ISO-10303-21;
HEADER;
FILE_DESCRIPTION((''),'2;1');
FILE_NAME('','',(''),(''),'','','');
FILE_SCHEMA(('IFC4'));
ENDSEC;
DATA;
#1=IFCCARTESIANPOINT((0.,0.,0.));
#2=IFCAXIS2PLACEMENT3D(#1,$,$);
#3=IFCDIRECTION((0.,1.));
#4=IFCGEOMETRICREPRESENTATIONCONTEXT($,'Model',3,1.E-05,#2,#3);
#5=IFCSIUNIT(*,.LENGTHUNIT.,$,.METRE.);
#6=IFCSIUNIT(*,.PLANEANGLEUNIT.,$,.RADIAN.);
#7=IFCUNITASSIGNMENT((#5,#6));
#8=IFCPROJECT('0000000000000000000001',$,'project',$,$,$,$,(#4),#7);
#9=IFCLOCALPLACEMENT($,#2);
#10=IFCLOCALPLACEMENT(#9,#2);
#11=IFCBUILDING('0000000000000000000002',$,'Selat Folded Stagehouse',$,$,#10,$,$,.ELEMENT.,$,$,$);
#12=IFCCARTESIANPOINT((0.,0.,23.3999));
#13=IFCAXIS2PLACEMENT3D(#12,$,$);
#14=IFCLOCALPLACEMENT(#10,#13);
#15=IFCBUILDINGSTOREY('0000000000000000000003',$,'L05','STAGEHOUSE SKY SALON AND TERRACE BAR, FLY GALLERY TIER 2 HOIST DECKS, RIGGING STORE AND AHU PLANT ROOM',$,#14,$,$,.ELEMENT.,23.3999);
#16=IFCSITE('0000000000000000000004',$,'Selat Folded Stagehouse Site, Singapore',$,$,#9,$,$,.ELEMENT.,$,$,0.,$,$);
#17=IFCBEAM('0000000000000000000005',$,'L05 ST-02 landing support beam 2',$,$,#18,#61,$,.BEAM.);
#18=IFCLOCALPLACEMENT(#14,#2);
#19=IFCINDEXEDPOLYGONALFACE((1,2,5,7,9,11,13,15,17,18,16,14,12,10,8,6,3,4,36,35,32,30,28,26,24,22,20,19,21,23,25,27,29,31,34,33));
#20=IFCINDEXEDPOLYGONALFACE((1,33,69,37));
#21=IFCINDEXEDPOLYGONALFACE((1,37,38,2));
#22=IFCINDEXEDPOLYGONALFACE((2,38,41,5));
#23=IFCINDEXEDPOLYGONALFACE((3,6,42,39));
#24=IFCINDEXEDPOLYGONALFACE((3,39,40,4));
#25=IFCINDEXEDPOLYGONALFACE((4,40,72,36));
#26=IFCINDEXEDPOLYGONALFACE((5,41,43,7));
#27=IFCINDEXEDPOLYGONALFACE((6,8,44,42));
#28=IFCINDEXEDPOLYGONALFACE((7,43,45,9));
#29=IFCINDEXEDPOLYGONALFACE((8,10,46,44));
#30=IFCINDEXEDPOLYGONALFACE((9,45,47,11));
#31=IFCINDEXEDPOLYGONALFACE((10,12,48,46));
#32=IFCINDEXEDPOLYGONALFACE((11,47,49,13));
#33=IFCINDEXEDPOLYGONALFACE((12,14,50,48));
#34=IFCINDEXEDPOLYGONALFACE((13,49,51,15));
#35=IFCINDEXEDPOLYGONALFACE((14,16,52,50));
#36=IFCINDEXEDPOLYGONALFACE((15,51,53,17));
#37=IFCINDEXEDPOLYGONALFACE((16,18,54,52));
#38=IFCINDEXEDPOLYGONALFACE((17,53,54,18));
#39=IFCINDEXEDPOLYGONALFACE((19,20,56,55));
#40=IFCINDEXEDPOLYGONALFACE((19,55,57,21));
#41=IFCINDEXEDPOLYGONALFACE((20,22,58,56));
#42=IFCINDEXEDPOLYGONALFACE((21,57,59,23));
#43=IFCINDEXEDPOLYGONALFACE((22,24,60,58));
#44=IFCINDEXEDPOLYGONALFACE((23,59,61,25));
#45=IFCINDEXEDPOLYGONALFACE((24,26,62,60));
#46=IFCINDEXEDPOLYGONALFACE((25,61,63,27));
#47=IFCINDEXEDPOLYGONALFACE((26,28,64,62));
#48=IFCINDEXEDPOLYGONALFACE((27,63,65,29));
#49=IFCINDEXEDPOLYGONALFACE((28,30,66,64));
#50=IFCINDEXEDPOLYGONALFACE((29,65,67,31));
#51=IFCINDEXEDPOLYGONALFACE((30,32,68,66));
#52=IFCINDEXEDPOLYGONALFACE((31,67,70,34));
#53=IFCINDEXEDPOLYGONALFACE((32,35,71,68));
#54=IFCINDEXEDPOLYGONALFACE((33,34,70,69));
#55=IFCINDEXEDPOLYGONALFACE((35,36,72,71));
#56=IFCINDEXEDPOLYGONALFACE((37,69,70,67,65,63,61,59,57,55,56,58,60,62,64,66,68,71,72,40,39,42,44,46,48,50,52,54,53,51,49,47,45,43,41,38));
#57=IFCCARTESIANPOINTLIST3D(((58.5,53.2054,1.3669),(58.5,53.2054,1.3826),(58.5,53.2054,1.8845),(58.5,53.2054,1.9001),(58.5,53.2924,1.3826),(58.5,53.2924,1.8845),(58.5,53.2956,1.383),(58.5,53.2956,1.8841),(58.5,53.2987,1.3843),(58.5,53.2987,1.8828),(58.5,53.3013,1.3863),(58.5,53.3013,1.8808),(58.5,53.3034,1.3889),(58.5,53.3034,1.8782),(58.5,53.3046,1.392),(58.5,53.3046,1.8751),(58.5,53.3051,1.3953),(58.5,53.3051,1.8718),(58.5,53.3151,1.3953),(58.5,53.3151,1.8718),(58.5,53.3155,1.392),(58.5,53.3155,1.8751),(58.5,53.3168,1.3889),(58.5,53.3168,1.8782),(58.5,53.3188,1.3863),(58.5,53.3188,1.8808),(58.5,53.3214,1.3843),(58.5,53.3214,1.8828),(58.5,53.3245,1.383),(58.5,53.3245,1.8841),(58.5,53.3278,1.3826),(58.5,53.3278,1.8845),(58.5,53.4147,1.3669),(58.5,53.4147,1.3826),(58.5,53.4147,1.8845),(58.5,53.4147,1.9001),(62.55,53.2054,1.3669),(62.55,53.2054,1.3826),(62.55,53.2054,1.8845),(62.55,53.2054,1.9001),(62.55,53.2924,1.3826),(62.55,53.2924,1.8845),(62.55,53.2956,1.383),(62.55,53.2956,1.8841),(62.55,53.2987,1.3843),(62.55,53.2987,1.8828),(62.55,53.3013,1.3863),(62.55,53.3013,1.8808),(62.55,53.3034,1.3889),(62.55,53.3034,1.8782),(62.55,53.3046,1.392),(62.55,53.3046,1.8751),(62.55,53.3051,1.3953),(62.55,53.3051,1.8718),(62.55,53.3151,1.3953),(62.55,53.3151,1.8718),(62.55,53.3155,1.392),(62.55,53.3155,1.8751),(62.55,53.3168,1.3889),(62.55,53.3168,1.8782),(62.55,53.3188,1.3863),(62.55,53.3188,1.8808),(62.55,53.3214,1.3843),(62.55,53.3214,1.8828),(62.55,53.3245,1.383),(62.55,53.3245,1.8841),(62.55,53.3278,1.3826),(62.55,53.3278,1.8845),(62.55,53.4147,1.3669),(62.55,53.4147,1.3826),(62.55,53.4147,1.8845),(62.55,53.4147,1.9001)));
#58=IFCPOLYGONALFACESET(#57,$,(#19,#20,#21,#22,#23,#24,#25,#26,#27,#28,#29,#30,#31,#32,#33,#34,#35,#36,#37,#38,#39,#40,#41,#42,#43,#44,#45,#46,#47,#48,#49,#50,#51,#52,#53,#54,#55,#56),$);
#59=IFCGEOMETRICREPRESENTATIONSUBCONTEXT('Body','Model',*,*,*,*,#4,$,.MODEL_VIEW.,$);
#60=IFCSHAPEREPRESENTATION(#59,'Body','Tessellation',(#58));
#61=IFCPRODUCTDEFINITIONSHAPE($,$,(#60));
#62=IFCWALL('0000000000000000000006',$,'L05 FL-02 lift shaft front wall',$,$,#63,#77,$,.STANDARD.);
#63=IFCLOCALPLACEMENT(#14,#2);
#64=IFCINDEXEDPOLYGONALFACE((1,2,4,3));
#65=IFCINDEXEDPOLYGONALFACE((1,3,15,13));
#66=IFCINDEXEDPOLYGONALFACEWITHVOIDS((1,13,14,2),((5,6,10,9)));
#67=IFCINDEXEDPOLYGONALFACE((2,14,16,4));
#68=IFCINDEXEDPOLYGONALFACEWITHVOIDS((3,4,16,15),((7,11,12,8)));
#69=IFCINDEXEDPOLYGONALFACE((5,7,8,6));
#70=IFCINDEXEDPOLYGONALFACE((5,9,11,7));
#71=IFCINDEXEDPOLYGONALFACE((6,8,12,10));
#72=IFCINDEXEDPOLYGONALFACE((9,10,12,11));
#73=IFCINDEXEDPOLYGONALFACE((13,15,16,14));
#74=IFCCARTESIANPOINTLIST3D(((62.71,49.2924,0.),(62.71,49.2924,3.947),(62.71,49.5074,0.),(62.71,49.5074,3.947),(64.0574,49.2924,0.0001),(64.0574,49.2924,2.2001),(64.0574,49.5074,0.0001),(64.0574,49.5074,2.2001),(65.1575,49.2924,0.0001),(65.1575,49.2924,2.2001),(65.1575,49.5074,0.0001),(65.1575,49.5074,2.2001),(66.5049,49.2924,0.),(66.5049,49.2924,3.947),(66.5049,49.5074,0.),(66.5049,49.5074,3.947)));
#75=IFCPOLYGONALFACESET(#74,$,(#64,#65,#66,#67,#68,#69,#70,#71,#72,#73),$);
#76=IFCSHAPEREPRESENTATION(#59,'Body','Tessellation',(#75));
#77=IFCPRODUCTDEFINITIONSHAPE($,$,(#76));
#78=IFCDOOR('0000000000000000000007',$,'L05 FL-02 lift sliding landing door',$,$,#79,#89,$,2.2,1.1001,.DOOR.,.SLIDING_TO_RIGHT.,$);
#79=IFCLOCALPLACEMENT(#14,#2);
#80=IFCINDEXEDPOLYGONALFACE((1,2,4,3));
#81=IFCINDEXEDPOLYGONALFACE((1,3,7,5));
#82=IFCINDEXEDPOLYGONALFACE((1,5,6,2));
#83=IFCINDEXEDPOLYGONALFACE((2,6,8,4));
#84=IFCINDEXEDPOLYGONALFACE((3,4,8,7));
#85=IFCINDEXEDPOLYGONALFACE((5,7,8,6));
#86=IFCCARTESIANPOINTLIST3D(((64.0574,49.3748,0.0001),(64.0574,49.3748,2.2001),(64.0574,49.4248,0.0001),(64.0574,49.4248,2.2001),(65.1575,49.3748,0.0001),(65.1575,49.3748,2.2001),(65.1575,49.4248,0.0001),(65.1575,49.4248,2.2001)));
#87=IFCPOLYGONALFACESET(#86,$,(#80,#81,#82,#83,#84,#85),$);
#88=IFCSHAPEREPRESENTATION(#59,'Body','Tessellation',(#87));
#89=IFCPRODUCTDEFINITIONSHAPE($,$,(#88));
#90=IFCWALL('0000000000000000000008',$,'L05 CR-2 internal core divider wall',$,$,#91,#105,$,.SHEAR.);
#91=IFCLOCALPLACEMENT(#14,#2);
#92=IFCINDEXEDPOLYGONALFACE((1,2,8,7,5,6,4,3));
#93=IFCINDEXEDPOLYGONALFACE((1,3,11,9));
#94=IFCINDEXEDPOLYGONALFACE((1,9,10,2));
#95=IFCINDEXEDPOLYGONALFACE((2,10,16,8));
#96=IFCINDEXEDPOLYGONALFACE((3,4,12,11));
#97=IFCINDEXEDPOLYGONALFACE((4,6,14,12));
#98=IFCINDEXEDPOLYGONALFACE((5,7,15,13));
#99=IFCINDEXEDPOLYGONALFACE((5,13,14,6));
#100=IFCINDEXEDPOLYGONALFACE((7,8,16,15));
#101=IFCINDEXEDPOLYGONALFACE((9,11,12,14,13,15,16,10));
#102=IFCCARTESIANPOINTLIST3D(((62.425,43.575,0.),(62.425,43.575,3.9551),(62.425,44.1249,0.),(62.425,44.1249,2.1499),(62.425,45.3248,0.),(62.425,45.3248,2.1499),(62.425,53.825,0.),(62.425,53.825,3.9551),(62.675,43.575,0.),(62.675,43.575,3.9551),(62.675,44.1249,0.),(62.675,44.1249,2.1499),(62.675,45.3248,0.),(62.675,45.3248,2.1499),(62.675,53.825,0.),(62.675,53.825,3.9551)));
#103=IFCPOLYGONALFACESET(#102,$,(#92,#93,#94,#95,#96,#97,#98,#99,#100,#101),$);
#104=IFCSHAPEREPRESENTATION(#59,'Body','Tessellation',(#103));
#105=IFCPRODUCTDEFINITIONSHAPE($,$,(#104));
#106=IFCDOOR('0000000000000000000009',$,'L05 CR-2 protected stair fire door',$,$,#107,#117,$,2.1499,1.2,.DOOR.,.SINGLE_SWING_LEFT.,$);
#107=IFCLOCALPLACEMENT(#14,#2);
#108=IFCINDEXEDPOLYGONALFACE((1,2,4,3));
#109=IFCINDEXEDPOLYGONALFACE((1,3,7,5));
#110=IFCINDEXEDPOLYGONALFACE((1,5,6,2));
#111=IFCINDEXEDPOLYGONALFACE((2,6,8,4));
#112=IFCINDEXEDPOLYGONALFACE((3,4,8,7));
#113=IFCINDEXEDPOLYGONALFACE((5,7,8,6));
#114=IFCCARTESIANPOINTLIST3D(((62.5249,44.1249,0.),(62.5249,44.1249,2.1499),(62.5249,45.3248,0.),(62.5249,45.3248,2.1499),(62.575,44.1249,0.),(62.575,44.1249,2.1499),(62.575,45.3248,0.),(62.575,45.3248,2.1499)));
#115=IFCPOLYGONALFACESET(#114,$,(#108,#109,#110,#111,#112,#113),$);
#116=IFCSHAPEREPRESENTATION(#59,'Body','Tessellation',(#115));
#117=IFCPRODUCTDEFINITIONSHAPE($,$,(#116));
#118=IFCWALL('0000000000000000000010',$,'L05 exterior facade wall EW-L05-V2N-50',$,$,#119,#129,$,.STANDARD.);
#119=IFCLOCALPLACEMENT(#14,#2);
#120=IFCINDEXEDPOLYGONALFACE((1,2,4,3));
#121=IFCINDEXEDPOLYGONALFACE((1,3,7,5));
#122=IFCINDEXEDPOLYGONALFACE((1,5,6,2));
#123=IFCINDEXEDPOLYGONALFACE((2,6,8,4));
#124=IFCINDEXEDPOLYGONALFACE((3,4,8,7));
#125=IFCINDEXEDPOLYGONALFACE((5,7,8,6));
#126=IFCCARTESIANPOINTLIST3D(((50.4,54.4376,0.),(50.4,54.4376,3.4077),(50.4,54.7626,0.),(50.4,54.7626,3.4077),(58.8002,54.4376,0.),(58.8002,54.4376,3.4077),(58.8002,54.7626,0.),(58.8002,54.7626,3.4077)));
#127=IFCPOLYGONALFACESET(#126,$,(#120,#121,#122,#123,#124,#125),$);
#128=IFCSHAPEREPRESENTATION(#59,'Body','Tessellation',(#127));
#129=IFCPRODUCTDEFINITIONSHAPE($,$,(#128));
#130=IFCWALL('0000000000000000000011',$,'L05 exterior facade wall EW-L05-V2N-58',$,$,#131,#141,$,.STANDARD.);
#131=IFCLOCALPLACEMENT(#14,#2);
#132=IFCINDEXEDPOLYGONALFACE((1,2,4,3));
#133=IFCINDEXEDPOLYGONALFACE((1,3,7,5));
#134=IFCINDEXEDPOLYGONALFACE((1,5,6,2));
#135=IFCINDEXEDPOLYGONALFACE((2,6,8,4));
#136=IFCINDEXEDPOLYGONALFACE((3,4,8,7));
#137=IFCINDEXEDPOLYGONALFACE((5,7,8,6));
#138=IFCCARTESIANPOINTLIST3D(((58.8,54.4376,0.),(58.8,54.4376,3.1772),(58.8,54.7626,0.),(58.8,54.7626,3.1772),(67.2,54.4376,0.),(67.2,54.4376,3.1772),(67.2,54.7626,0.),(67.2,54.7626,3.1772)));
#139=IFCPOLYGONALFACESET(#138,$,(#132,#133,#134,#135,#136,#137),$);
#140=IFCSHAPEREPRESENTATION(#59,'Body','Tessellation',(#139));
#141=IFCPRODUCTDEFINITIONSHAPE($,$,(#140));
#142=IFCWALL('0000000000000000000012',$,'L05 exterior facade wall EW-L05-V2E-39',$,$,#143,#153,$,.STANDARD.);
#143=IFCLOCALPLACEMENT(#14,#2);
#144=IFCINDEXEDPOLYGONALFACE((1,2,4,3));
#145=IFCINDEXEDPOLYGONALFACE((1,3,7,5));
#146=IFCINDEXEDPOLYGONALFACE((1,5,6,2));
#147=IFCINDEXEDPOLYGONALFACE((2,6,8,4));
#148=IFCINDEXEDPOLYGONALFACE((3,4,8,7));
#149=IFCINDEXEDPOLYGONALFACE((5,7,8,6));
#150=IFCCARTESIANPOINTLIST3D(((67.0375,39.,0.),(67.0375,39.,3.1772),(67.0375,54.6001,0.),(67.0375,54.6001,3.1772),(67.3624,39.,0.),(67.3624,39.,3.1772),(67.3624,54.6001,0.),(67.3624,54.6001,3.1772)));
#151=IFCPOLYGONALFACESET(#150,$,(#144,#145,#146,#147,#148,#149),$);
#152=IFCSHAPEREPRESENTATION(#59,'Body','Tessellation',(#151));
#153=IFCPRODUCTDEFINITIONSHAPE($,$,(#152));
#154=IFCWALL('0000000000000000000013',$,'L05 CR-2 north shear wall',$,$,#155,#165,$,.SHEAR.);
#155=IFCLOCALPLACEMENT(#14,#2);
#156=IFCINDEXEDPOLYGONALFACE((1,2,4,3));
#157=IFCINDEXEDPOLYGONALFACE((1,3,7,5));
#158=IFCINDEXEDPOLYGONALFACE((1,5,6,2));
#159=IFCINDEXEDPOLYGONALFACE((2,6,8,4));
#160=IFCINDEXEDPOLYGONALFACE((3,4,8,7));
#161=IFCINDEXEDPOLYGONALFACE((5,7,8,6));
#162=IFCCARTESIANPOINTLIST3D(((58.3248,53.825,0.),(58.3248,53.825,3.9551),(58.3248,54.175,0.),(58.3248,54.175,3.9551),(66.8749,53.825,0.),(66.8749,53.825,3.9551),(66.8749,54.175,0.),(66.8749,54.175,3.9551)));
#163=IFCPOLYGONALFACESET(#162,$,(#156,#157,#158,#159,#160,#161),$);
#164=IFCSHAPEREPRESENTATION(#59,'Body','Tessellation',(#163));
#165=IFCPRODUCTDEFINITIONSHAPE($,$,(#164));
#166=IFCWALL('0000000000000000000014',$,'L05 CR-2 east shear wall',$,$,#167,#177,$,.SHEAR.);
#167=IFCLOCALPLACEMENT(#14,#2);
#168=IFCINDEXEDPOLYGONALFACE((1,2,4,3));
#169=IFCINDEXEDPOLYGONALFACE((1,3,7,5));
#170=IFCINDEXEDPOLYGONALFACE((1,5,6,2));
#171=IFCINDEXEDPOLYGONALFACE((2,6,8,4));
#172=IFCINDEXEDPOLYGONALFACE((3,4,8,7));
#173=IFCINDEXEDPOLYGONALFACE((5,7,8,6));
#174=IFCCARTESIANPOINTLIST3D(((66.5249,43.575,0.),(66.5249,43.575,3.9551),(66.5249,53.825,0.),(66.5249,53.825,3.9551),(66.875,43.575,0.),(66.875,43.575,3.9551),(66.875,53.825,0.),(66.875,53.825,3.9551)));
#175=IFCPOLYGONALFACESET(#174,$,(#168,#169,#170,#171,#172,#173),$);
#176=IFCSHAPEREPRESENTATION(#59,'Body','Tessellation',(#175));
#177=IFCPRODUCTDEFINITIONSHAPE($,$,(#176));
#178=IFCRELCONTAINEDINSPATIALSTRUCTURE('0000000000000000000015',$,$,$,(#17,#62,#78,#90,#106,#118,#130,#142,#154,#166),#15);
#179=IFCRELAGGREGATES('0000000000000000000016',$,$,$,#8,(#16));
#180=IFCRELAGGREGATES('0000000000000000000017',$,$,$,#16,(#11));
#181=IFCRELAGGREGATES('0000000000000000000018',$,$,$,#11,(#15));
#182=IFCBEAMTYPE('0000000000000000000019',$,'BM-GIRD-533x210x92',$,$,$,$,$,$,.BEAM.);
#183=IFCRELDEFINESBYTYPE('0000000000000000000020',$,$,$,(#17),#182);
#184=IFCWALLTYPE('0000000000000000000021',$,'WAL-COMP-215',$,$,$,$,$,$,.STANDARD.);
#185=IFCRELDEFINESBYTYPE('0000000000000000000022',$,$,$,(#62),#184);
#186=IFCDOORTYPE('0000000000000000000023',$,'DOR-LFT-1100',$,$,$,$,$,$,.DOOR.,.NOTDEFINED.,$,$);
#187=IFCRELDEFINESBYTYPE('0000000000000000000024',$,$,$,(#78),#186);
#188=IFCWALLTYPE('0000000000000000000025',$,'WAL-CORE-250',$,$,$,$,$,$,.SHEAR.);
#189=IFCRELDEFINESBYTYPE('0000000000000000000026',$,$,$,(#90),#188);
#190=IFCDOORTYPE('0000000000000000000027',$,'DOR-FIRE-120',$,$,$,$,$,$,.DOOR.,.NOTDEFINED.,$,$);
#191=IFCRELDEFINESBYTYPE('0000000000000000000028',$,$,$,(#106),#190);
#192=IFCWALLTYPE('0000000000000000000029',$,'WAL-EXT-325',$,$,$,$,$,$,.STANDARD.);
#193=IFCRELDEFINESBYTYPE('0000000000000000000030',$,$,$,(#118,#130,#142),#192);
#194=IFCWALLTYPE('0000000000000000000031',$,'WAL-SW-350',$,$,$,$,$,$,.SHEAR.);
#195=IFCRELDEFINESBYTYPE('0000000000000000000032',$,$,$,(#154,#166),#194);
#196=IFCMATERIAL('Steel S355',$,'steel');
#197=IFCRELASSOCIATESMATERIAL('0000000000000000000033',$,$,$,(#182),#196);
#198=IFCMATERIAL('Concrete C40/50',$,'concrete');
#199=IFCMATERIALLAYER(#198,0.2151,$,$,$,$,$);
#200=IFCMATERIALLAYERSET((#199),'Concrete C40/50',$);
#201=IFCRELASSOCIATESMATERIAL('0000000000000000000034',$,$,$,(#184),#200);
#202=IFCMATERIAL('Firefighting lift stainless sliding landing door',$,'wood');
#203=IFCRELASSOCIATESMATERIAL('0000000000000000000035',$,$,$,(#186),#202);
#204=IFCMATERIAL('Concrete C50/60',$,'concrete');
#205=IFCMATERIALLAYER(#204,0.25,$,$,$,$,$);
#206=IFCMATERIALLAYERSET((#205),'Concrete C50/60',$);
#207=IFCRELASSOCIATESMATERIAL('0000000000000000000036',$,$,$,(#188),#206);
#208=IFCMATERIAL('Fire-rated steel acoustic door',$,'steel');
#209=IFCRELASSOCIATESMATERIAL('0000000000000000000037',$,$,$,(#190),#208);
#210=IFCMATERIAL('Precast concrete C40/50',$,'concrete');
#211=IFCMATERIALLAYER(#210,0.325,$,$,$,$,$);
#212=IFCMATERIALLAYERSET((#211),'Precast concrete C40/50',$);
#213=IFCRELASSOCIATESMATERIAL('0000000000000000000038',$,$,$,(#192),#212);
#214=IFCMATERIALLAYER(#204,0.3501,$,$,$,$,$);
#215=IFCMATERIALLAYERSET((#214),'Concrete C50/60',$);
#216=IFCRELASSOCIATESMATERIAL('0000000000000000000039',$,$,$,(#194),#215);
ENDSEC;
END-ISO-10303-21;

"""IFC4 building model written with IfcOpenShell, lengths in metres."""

from ifc_helpers import new_model, si_unit, direction, frame, frame_2d, origin, origin_2d, place, context, subcontext, project, spatial, rectangle, i_section, extrude, material, layer, layer_set, material_profile, profile_set, type_object, element, fill, save


model = new_model("IFC4")

# Units and contexts
model_context = context("Model", 3, precision=1e-05, world=origin(), true_north=direction((0.0, 1.0)))
body_context = subcontext(model_context, "Body", "Model", "MODEL_VIEW")
ifc_project = project(units=[si_unit("LENGTHUNIT", "METRE"), si_unit("PLANEANGLEUNIT", "RADIAN")], contexts=[model_context])

# Site, building, storey
site_placement = place(None, origin())
site = spatial("IfcSite", under=ifc_project, at=site_placement, Name="Selat Folded Stagehouse Site, Singapore", CompositionType="ELEMENT", RefElevation=0.0)
building_placement = place(site_placement, origin())
building = spatial("IfcBuilding", under=site, at=building_placement, Name="Selat Folded Stagehouse", CompositionType="ELEMENT")
storey_placement = place(building_placement, frame((0.0, 0.0, 23.3999)))
storey = spatial("IfcBuildingStorey", under=building, at=storey_placement, Name="L05", Description="STAGEHOUSE SKY SALON AND TERRACE BAR, FLY GALLERY TIER 2 HOIST DECKS, RIGGING STORE AND AHU PLANT ROOM", CompositionType="ELEMENT", Elevation=23.3999)

# Shared definitions
ifc_material_1 = material(Name="Steel S355", Category="steel")

# Beam
ifc_material_profile_1 = material_profile(ifc_material_1, i_section(OverallWidth=0.2092, OverallDepth=0.5332, WebThickness=0.01, FlangeThickness=0.0156, FilletRadius=0.0127, at=origin_2d()), Name="UKB 533x210x92")
ifc_profile_set_1 = profile_set([ifc_material_profile_1], Name="Steel S355")
beam_type_1 = type_object("IfcBeamType", Name="BM-GIRD-533x210x92", PredefinedType="BEAM", material=ifc_profile_set_1)
for number, where, z_axis, x_axis, name in (
    (1, (58.5, 53.3101, 1.6335), (1.0, 0.0, 0.0), (0.0, 1.0, 0.0), "L05 ST-02 landing support beam 2"),
):
    element("IfcBeam", number, at=place(storey_placement, frame(where, z_axis=z_axis, x_axis=x_axis)), inside=storey, type_object=beam_type_1, Name=name, PredefinedType="BEAM", context=body_context, shape_type="SweptSolid", body=[
        extrude(i_section(OverallWidth=0.2092, OverallDepth=0.5332, WebThickness=0.01, FlangeThickness=0.0156, FilletRadius=0.0127, at=origin_2d()), origin(), (0.0, 0.0, 1.0), 4.05),
    ])

# Walls, openings, doors
ifc_material_2 = material(Name="Concrete C40/50", Category="concrete")
ifc_layer_1 = layer(ifc_material_2, 0.2151)
ifc_layer_set_1 = layer_set([ifc_layer_1], Name="Concrete C40/50")
wall_type_1 = type_object("IfcWallType", Name="WAL-COMP-215", PredefinedType="STANDARD", material=ifc_layer_set_1)
wall_1_placement = place(storey_placement, frame((62.71, 49.3999, 0.0), z_axis=(0.0, 0.0, 1.0), x_axis=(1.0, 0.0, 0.0)))
wall_1 = element("IfcWall", 2, at=wall_1_placement, inside=storey, type_object=wall_type_1, Name="L05 FL-02 lift shaft front wall", PredefinedType="STANDARD", context=body_context, shape_type="SweptSolid", body=[
    extrude(rectangle(XDim=3.7949, YDim=0.2151, at=frame_2d((1.8975, 0.0))), origin(), (0.0, 0.0, 1.0), 3.947),
])
opening_1_placement = place(wall_1_placement, frame((1.3474, 0.0, 0.0)))
opening_1 = element("IfcOpeningElement", 3, at=opening_1_placement, cuts=wall_1, PredefinedType="OPENING", context=body_context, shape_type="SweptSolid", body=[
    extrude(rectangle(XDim=1.1001, YDim=2.2, at=frame_2d((0.55, 1.1001))), frame((0.0, 0.1174, 0.0), z_axis=(0.0, -1.0, 0.0), x_axis=(1.0, 0.0, 0.0)), (0.0, 0.0, 1.0), 0.2351),
])
ifc_material_3 = material(Name="Firefighting lift stainless sliding landing door", Category="wood")
door_type_1 = type_object("IfcDoorType", Name="DOR-LFT-1100", OperationType="NOTDEFINED", PredefinedType="DOOR", material=ifc_material_3)
door_1_placement = place(opening_1_placement, origin())
door_1 = element("IfcDoor", 4, at=door_1_placement, inside=storey, type_object=door_type_1, Name="L05 FL-02 lift sliding landing door", OperationType="SLIDING_TO_RIGHT", OverallHeight=2.2, OverallWidth=1.1001, PredefinedType="DOOR", context=body_context, shape_type="SweptSolid", body=[
    extrude(rectangle(XDim=1.1001, YDim=2.2, at=frame_2d((0.55, 1.1001))), frame((0.0, 0.0249, 0.0), z_axis=(0.0, -1.0, 0.0), x_axis=(1.0, 0.0, 0.0)), (0.0, 0.0, 1.0), 0.05),
])
fill(opening_1, door_1)
ifc_material_4 = material(Name="Concrete C50/60", Category="concrete")
ifc_layer_2 = layer(ifc_material_4, 0.25)
ifc_layer_set_2 = layer_set([ifc_layer_2], Name="Concrete C50/60")
wall_type_2 = type_object("IfcWallType", Name="WAL-CORE-250", PredefinedType="SHEAR", material=ifc_layer_set_2)
wall_2_placement = place(storey_placement, frame((62.55, 53.825, 0.0), z_axis=(0.0, 0.0, 1.0), x_axis=(0.0, -1.0, 0.0)))
wall_2 = element("IfcWall", 5, at=wall_2_placement, inside=storey, type_object=wall_type_2, Name="L05 CR-2 internal core divider wall", PredefinedType="SHEAR", context=body_context, shape_type="SweptSolid", body=[
    extrude(rectangle(XDim=10.25, YDim=0.25, at=frame_2d((5.125, 0.0))), origin(), (0.0, 0.0, 1.0), 3.9551),
])
opening_2_placement = place(wall_2_placement, frame((8.5, 0.0, 0.0)))
opening_2 = element("IfcOpeningElement", 6, at=opening_2_placement, cuts=wall_2, PredefinedType="OPENING", context=body_context, shape_type="SweptSolid", body=[
    extrude(rectangle(XDim=1.2, YDim=2.1499, at=frame_2d((0.6001, 1.075))), frame((0.0, 0.135, 0.0), z_axis=(0.0, -1.0, 0.0), x_axis=(1.0, 0.0, 0.0)), (0.0, 0.0, 1.0), 0.27),
])
ifc_material_5 = material(Name="Fire-rated steel acoustic door", Category="steel")
door_type_2 = type_object("IfcDoorType", Name="DOR-FIRE-120", OperationType="NOTDEFINED", PredefinedType="DOOR", material=ifc_material_5)
door_2_placement = place(opening_2_placement, origin())
door_2 = element("IfcDoor", 7, at=door_2_placement, inside=storey, type_object=door_type_2, Name="L05 CR-2 protected stair fire door", OperationType="SINGLE_SWING_LEFT", OverallHeight=2.1499, OverallWidth=1.2, PredefinedType="DOOR", context=body_context, shape_type="SweptSolid", body=[
    extrude(rectangle(XDim=1.2, YDim=2.1499, at=frame_2d((0.6001, 1.075))), frame((0.0, 0.0249, 0.0), z_axis=(0.0, -1.0, 0.0), x_axis=(1.0, 0.0, 0.0)), (0.0, 0.0, 1.0), 0.05),
])
fill(opening_2, door_2)

# Walls
ifc_material_6 = material(Name="Precast concrete C40/50", Category="concrete")
ifc_layer_3 = layer(ifc_material_6, 0.325)
ifc_layer_set_3 = layer_set([ifc_layer_3], Name="Precast concrete C40/50")
wall_type_3 = type_object("IfcWallType", Name="WAL-EXT-325", PredefinedType="STANDARD", material=ifc_layer_set_3)
wall_3_placement = place(storey_placement, frame((50.3999, 54.6001, 0.0), z_axis=(0.0, 0.0, 1.0), x_axis=(1.0, 0.0, 0.0)))
element("IfcWall", 8, at=wall_3_placement, inside=storey, type_object=wall_type_3, Name="L05 exterior facade wall EW-L05-V2N-50", PredefinedType="STANDARD", context=body_context, shape_type="SweptSolid", body=[
    extrude(rectangle(XDim=8.4001, YDim=0.325, at=frame_2d((4.2002, 0.0))), origin(), (0.0, 0.0, 1.0), 3.4077),
])
wall_4_placement = place(storey_placement, frame((58.8, 54.6001, 0.0), z_axis=(0.0, 0.0, 1.0), x_axis=(1.0, 0.0, 0.0)))
element("IfcWall", 9, at=wall_4_placement, inside=storey, type_object=wall_type_3, Name="L05 exterior facade wall EW-L05-V2N-58", PredefinedType="STANDARD", context=body_context, shape_type="SweptSolid", body=[
    extrude(rectangle(XDim=8.3999, YDim=0.325, at=frame_2d((4.2, 0.0))), origin(), (0.0, 0.0, 1.0), 3.1772),
])
wall_5_placement = place(storey_placement, frame((67.2, 54.6001, 0.0), z_axis=(0.0, 0.0, 1.0), x_axis=(0.0, -1.0, 0.0)))
element("IfcWall", 10, at=wall_5_placement, inside=storey, type_object=wall_type_3, Name="L05 exterior facade wall EW-L05-V2E-39", PredefinedType="STANDARD", context=body_context, shape_type="SweptSolid", body=[
    extrude(rectangle(XDim=15.6001, YDim=0.325, at=frame_2d((7.8, 0.0))), origin(), (0.0, 0.0, 1.0), 3.1772),
])
ifc_layer_4 = layer(ifc_material_4, 0.3501)
ifc_layer_set_4 = layer_set([ifc_layer_4], Name="Concrete C50/60")
wall_type_4 = type_object("IfcWallType", Name="WAL-SW-350", PredefinedType="SHEAR", material=ifc_layer_set_4)
wall_6_placement = place(storey_placement, frame((58.325, 54.0, 0.0), z_axis=(0.0, 0.0, 1.0), x_axis=(1.0, 0.0, 0.0)))
element("IfcWall", 11, at=wall_6_placement, inside=storey, type_object=wall_type_4, Name="L05 CR-2 north shear wall", PredefinedType="SHEAR", context=body_context, shape_type="SweptSolid", body=[
    extrude(rectangle(XDim=8.55, YDim=0.3501, at=frame_2d((4.2749, 0.0))), origin(), (0.0, 0.0, 1.0), 3.9551),
])
wall_7_placement = place(storey_placement, frame((66.7, 53.825, 0.0), z_axis=(0.0, 0.0, 1.0), x_axis=(0.0, -1.0, 0.0)))
element("IfcWall", 12, at=wall_7_placement, inside=storey, type_object=wall_type_4, Name="L05 CR-2 east shear wall", PredefinedType="SHEAR", context=body_context, shape_type="SweptSolid", body=[
    extrude(rectangle(XDim=10.25, YDim=0.3501, at=frame_2d((5.125, 0.0))), origin(), (0.0, 0.0, 1.0), 3.9551),
])

save(model, "model.ifc")
